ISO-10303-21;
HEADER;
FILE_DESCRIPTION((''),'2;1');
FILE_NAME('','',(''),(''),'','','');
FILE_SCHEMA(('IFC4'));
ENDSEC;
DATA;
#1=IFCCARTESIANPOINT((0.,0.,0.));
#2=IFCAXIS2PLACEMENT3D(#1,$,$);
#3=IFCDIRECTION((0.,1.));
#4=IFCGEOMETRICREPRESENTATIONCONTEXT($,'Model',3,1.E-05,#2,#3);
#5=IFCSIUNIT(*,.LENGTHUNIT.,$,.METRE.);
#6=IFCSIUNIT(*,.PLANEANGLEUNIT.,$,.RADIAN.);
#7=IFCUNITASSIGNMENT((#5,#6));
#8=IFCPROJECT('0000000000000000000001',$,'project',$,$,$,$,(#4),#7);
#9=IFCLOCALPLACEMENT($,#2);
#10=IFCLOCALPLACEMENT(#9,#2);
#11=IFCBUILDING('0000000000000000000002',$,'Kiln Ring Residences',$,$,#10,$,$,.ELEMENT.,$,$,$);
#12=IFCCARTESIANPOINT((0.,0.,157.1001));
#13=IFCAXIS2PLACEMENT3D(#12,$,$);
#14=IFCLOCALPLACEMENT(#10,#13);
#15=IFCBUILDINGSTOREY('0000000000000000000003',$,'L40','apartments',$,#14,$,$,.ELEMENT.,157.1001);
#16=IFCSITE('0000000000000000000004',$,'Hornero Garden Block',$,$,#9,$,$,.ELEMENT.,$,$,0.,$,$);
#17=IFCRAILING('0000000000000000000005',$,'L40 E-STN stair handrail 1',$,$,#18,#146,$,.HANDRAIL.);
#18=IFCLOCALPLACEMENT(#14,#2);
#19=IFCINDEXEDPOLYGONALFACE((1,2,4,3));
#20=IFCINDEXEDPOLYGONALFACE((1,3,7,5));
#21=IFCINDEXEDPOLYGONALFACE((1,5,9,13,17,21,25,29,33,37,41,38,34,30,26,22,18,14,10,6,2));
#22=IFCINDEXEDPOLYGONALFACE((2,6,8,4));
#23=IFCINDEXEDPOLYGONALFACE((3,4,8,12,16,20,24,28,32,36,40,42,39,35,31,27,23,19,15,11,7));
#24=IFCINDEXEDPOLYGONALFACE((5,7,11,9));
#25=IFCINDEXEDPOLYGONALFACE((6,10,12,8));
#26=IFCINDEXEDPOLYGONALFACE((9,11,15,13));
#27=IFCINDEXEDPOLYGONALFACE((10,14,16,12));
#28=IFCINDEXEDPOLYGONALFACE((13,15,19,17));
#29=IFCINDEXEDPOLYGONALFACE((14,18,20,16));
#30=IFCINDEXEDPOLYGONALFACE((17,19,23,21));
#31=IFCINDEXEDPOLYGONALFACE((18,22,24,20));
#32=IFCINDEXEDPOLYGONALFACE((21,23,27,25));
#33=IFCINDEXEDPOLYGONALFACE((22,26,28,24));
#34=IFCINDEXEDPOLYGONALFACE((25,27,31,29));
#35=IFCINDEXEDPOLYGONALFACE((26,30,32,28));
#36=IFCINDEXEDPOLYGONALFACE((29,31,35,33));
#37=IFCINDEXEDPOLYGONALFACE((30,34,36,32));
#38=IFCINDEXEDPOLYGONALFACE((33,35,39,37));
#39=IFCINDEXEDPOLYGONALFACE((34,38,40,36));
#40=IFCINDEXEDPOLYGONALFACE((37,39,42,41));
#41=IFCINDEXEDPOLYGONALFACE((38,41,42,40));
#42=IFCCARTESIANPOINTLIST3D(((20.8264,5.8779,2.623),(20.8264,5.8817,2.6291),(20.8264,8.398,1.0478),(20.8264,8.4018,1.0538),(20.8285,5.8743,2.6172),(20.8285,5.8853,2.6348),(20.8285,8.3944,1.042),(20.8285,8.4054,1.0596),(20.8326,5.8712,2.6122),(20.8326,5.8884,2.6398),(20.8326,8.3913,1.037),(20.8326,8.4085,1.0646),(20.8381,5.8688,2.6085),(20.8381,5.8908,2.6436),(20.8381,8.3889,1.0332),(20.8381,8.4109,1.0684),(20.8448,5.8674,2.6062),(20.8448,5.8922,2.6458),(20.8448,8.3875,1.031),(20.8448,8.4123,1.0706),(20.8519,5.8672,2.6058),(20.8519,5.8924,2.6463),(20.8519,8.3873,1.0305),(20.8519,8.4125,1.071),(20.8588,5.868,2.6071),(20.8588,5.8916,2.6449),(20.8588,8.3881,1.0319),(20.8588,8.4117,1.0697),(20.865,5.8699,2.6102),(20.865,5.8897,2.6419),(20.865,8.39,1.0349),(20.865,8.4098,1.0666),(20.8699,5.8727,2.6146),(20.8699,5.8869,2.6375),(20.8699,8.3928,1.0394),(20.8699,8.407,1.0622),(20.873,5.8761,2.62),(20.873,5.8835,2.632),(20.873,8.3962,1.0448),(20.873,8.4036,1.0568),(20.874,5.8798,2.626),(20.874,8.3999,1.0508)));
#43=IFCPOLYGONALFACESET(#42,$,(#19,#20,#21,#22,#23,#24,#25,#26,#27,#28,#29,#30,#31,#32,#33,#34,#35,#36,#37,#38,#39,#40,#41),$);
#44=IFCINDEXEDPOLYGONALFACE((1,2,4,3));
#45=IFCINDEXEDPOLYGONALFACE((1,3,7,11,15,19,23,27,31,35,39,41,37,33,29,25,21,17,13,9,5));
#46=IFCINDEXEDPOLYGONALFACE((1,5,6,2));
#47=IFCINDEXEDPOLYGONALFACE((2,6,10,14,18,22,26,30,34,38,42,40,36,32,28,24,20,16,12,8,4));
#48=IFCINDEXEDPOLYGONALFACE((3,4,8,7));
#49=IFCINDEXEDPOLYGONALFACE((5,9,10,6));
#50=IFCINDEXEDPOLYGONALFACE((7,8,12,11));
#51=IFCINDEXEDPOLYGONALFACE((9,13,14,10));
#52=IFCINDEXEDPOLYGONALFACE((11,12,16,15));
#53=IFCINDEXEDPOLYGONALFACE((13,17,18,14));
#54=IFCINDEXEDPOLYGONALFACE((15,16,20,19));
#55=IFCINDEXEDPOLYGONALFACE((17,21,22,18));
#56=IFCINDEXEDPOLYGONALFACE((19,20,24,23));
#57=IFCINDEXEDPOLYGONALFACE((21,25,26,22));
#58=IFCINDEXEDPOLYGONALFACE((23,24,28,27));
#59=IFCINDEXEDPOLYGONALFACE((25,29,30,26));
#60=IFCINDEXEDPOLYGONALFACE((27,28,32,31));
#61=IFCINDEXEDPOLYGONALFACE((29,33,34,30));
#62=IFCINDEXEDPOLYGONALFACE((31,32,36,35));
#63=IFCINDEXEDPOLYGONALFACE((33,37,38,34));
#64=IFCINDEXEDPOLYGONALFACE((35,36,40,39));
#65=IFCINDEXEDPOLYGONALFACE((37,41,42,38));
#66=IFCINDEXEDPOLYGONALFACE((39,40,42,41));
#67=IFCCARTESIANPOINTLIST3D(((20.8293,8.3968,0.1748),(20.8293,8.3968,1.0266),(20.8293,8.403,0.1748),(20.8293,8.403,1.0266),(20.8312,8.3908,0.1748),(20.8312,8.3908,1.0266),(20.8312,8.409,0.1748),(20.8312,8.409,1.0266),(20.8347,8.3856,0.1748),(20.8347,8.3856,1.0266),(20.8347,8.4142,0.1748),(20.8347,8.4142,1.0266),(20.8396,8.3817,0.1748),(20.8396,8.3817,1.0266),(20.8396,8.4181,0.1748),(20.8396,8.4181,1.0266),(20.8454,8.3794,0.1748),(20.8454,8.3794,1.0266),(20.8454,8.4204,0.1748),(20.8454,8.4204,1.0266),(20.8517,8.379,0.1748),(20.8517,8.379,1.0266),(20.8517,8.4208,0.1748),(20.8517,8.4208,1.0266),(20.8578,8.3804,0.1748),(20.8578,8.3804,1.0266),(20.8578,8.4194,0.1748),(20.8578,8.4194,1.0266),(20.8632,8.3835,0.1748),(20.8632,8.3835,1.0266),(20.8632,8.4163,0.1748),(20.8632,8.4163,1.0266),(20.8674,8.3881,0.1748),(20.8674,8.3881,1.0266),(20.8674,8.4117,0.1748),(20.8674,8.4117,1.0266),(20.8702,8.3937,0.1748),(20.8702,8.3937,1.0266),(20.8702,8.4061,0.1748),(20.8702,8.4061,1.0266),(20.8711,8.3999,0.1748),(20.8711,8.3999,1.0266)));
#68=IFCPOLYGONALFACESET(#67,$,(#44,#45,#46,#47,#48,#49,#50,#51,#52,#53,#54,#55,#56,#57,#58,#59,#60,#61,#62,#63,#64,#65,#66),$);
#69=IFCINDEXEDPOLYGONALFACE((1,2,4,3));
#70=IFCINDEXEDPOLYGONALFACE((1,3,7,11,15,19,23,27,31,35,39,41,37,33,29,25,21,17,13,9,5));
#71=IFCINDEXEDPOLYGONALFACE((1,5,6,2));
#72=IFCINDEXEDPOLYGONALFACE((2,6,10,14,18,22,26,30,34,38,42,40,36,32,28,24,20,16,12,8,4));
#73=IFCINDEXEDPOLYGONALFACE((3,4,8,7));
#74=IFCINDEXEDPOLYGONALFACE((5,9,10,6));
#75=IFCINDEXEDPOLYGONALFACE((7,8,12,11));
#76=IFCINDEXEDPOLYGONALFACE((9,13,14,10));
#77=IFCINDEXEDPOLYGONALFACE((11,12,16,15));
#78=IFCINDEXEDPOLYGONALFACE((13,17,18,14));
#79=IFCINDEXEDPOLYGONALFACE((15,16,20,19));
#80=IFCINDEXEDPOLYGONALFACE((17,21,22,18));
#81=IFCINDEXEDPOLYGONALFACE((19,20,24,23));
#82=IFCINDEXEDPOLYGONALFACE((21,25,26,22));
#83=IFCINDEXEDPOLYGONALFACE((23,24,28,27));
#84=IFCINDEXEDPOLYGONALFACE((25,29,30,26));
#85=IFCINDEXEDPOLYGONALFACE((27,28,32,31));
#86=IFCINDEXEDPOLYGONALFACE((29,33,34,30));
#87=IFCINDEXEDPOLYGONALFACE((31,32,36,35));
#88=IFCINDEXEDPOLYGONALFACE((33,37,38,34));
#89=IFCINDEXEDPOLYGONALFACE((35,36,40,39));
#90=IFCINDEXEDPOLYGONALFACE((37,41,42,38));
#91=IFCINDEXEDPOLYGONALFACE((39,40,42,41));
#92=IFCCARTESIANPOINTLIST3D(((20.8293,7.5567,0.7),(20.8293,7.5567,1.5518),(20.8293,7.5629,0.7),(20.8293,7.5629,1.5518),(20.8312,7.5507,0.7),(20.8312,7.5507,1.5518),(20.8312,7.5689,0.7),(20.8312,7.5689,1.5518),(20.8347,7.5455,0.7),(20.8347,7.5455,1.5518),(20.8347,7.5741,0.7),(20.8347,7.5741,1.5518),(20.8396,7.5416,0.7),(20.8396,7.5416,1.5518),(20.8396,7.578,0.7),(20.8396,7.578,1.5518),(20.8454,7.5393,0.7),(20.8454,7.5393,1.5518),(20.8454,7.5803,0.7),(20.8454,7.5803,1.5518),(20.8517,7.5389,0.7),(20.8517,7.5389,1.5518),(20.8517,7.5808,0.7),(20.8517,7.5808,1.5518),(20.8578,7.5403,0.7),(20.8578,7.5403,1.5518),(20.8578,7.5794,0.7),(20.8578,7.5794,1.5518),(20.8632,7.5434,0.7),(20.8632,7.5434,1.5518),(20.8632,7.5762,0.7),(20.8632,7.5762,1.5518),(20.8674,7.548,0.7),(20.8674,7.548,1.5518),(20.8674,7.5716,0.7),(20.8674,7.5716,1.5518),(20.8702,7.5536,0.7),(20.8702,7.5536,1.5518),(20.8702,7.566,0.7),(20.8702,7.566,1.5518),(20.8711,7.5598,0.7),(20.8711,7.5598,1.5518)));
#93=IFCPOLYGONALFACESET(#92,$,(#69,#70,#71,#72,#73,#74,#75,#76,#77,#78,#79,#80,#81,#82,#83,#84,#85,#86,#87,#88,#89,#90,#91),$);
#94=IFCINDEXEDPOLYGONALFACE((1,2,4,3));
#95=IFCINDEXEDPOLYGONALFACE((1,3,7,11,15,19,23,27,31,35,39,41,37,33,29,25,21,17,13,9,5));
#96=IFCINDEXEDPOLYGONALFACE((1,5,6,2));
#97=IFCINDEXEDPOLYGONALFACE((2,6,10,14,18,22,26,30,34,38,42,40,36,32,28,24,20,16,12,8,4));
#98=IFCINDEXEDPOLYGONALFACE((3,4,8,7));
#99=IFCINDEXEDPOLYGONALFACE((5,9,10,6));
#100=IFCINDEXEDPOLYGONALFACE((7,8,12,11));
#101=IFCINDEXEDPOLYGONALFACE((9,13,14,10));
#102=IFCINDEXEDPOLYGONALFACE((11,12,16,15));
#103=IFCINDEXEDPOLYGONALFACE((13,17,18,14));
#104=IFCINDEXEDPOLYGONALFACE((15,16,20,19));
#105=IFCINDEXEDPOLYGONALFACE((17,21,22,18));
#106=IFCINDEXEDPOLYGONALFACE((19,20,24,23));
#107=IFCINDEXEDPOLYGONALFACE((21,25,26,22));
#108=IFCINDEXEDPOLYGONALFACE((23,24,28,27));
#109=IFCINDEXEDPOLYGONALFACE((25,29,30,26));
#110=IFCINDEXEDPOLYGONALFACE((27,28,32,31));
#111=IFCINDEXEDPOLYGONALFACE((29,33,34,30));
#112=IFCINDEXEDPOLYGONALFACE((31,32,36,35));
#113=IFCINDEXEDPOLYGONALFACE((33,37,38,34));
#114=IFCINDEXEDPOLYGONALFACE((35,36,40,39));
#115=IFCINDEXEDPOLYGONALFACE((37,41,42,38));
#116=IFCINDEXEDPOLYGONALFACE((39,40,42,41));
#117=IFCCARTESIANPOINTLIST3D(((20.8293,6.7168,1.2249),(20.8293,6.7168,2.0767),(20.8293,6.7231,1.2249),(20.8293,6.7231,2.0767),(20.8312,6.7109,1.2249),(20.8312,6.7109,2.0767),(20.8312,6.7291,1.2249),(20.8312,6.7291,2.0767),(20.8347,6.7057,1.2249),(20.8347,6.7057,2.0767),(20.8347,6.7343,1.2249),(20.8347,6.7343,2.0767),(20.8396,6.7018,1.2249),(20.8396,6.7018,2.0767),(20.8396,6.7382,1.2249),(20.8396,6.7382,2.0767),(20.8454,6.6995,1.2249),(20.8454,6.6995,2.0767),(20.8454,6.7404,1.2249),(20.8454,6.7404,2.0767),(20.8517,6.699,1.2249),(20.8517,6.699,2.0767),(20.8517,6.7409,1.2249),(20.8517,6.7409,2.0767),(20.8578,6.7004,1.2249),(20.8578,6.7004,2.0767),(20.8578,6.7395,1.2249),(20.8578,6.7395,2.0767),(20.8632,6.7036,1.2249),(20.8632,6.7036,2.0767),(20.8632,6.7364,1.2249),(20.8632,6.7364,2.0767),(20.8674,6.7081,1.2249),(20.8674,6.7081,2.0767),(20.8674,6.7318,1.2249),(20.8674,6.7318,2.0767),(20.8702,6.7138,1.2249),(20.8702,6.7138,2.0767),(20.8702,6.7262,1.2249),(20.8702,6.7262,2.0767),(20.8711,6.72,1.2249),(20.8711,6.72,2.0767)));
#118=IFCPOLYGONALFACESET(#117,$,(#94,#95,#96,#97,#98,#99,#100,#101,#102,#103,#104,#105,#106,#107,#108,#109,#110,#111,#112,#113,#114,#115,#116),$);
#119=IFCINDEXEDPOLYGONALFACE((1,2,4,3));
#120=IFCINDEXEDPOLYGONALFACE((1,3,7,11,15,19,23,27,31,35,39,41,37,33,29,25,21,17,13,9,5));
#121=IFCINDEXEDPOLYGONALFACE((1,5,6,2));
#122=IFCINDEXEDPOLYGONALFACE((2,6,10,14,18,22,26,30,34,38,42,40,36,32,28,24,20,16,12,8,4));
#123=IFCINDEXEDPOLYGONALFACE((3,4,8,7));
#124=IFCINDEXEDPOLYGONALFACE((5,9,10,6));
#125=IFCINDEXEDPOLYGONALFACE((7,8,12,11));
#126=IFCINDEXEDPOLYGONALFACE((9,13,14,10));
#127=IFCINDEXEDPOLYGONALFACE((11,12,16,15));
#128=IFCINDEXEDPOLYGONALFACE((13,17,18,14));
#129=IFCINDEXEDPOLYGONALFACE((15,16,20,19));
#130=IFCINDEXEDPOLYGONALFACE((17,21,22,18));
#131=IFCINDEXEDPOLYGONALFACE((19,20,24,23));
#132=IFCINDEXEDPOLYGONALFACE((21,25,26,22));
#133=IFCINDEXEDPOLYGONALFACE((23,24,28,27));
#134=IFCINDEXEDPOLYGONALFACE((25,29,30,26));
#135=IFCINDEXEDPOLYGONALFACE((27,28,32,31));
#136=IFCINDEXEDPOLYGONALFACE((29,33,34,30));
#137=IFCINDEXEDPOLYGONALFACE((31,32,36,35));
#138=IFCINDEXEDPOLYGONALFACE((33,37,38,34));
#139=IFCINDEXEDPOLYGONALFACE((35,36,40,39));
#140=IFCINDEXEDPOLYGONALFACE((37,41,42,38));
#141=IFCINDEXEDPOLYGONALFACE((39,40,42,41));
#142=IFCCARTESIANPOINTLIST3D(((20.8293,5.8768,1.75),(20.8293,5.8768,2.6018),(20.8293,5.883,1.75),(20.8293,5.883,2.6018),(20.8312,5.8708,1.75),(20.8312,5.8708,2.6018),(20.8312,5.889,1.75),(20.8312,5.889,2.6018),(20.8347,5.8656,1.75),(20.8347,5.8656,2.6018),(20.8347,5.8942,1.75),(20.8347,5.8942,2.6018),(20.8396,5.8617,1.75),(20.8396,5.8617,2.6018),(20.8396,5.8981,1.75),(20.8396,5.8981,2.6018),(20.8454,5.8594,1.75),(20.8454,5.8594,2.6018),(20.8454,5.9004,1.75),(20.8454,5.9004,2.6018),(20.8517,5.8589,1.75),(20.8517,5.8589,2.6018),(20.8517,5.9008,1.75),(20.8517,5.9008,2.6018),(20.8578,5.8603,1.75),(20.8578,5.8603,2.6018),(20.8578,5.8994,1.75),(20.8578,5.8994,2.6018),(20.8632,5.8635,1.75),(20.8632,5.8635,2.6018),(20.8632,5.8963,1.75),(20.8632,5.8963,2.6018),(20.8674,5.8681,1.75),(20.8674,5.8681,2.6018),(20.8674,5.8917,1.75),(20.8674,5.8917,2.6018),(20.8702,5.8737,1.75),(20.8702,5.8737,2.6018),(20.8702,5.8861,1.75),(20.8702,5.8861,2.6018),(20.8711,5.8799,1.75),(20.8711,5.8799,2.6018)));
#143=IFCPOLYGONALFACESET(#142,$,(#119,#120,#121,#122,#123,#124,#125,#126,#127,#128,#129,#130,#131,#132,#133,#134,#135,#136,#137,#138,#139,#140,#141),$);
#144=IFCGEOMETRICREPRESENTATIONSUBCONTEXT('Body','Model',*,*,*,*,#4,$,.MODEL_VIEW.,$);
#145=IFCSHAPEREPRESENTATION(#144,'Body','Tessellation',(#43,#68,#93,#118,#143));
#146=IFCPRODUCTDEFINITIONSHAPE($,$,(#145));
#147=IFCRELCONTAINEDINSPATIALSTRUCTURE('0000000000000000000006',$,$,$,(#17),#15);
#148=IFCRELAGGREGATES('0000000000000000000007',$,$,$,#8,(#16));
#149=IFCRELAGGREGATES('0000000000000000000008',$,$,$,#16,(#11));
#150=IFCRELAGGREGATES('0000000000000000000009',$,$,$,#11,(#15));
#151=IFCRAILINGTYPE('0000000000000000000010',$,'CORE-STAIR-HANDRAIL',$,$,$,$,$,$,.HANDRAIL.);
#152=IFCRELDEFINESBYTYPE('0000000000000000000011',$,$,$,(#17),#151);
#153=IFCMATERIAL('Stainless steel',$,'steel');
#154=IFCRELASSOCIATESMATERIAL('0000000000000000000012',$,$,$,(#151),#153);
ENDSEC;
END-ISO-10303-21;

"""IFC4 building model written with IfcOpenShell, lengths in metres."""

from ifc_helpers import new_model, si_unit, direction, frame, origin, origin_2d, place, context, subcontext, project, spatial, circle, extrude, material, type_object, element, save


model = new_model("IFC4")

# Units and contexts
model_context = context("Model", 3, precision=1e-05, world=origin(), true_north=direction((0.0, 1.0)))
body_context = subcontext(model_context, "Body", "Model", "MODEL_VIEW")
ifc_project = project(units=[si_unit("LENGTHUNIT", "METRE"), si_unit("PLANEANGLEUNIT", "RADIAN")], contexts=[model_context])

# Site, building, storey
site_placement = place(None, origin())
site = spatial("IfcSite", under=ifc_project, at=site_placement, Name="Hornero Garden Block", CompositionType="ELEMENT", RefElevation=0.0)
building_placement = place(site_placement, origin())
building = spatial("IfcBuilding", under=site, at=building_placement, Name="Kiln Ring Residences", CompositionType="ELEMENT")
storey_placement = place(building_placement, frame((0.0, 0.0, 157.1001)))
storey = spatial("IfcBuildingStorey", under=building, at=storey_placement, Name="L40", Description="apartments", CompositionType="ELEMENT", Elevation=157.1001)

# Railing
ifc_material_1 = material(Name="Stainless steel", Category="steel")
railing_type_1 = type_object("IfcRailingType", Name="CORE-STAIR-HANDRAIL", PredefinedType="HANDRAIL", material=ifc_material_1)
railing_1_placement = place(storey_placement, frame((20.8501, 8.3999, 0.1748)))
element("IfcRailing", 1, at=railing_1_placement, inside=storey, type_object=railing_type_1, Name="L40 E-STN stair handrail 1", PredefinedType="HANDRAIL", context=body_context, shape_type="SweptSolid", body=[
    extrude(circle(Radius=0.0239, at=origin_2d()), frame((0.0, 0.0, 0.876), z_axis=(0.0, -0.847971, 0.530043), x_axis=(1.0, 0.0, 0.0)), (0.0, 0.0, 1.0), 2.9719),
    extrude(circle(Radius=0.021, at=origin_2d()), origin(), (0.0, 0.0, 1.0), 0.8518),
    extrude(circle(Radius=0.021, at=origin_2d()), frame((0.0, -0.8401, 0.5251)), (0.0, 0.0, 1.0), 0.8518),
    extrude(circle(Radius=0.021, at=origin_2d()), frame((0.0, -1.6799, 1.05)), (0.0, 0.0, 1.0), 0.8518),
    extrude(circle(Radius=0.021, at=origin_2d()), frame((0.0, -2.52, 1.5752)), (0.0, 0.0, 1.0), 0.8518),
])

save(model, "model.ifc")
